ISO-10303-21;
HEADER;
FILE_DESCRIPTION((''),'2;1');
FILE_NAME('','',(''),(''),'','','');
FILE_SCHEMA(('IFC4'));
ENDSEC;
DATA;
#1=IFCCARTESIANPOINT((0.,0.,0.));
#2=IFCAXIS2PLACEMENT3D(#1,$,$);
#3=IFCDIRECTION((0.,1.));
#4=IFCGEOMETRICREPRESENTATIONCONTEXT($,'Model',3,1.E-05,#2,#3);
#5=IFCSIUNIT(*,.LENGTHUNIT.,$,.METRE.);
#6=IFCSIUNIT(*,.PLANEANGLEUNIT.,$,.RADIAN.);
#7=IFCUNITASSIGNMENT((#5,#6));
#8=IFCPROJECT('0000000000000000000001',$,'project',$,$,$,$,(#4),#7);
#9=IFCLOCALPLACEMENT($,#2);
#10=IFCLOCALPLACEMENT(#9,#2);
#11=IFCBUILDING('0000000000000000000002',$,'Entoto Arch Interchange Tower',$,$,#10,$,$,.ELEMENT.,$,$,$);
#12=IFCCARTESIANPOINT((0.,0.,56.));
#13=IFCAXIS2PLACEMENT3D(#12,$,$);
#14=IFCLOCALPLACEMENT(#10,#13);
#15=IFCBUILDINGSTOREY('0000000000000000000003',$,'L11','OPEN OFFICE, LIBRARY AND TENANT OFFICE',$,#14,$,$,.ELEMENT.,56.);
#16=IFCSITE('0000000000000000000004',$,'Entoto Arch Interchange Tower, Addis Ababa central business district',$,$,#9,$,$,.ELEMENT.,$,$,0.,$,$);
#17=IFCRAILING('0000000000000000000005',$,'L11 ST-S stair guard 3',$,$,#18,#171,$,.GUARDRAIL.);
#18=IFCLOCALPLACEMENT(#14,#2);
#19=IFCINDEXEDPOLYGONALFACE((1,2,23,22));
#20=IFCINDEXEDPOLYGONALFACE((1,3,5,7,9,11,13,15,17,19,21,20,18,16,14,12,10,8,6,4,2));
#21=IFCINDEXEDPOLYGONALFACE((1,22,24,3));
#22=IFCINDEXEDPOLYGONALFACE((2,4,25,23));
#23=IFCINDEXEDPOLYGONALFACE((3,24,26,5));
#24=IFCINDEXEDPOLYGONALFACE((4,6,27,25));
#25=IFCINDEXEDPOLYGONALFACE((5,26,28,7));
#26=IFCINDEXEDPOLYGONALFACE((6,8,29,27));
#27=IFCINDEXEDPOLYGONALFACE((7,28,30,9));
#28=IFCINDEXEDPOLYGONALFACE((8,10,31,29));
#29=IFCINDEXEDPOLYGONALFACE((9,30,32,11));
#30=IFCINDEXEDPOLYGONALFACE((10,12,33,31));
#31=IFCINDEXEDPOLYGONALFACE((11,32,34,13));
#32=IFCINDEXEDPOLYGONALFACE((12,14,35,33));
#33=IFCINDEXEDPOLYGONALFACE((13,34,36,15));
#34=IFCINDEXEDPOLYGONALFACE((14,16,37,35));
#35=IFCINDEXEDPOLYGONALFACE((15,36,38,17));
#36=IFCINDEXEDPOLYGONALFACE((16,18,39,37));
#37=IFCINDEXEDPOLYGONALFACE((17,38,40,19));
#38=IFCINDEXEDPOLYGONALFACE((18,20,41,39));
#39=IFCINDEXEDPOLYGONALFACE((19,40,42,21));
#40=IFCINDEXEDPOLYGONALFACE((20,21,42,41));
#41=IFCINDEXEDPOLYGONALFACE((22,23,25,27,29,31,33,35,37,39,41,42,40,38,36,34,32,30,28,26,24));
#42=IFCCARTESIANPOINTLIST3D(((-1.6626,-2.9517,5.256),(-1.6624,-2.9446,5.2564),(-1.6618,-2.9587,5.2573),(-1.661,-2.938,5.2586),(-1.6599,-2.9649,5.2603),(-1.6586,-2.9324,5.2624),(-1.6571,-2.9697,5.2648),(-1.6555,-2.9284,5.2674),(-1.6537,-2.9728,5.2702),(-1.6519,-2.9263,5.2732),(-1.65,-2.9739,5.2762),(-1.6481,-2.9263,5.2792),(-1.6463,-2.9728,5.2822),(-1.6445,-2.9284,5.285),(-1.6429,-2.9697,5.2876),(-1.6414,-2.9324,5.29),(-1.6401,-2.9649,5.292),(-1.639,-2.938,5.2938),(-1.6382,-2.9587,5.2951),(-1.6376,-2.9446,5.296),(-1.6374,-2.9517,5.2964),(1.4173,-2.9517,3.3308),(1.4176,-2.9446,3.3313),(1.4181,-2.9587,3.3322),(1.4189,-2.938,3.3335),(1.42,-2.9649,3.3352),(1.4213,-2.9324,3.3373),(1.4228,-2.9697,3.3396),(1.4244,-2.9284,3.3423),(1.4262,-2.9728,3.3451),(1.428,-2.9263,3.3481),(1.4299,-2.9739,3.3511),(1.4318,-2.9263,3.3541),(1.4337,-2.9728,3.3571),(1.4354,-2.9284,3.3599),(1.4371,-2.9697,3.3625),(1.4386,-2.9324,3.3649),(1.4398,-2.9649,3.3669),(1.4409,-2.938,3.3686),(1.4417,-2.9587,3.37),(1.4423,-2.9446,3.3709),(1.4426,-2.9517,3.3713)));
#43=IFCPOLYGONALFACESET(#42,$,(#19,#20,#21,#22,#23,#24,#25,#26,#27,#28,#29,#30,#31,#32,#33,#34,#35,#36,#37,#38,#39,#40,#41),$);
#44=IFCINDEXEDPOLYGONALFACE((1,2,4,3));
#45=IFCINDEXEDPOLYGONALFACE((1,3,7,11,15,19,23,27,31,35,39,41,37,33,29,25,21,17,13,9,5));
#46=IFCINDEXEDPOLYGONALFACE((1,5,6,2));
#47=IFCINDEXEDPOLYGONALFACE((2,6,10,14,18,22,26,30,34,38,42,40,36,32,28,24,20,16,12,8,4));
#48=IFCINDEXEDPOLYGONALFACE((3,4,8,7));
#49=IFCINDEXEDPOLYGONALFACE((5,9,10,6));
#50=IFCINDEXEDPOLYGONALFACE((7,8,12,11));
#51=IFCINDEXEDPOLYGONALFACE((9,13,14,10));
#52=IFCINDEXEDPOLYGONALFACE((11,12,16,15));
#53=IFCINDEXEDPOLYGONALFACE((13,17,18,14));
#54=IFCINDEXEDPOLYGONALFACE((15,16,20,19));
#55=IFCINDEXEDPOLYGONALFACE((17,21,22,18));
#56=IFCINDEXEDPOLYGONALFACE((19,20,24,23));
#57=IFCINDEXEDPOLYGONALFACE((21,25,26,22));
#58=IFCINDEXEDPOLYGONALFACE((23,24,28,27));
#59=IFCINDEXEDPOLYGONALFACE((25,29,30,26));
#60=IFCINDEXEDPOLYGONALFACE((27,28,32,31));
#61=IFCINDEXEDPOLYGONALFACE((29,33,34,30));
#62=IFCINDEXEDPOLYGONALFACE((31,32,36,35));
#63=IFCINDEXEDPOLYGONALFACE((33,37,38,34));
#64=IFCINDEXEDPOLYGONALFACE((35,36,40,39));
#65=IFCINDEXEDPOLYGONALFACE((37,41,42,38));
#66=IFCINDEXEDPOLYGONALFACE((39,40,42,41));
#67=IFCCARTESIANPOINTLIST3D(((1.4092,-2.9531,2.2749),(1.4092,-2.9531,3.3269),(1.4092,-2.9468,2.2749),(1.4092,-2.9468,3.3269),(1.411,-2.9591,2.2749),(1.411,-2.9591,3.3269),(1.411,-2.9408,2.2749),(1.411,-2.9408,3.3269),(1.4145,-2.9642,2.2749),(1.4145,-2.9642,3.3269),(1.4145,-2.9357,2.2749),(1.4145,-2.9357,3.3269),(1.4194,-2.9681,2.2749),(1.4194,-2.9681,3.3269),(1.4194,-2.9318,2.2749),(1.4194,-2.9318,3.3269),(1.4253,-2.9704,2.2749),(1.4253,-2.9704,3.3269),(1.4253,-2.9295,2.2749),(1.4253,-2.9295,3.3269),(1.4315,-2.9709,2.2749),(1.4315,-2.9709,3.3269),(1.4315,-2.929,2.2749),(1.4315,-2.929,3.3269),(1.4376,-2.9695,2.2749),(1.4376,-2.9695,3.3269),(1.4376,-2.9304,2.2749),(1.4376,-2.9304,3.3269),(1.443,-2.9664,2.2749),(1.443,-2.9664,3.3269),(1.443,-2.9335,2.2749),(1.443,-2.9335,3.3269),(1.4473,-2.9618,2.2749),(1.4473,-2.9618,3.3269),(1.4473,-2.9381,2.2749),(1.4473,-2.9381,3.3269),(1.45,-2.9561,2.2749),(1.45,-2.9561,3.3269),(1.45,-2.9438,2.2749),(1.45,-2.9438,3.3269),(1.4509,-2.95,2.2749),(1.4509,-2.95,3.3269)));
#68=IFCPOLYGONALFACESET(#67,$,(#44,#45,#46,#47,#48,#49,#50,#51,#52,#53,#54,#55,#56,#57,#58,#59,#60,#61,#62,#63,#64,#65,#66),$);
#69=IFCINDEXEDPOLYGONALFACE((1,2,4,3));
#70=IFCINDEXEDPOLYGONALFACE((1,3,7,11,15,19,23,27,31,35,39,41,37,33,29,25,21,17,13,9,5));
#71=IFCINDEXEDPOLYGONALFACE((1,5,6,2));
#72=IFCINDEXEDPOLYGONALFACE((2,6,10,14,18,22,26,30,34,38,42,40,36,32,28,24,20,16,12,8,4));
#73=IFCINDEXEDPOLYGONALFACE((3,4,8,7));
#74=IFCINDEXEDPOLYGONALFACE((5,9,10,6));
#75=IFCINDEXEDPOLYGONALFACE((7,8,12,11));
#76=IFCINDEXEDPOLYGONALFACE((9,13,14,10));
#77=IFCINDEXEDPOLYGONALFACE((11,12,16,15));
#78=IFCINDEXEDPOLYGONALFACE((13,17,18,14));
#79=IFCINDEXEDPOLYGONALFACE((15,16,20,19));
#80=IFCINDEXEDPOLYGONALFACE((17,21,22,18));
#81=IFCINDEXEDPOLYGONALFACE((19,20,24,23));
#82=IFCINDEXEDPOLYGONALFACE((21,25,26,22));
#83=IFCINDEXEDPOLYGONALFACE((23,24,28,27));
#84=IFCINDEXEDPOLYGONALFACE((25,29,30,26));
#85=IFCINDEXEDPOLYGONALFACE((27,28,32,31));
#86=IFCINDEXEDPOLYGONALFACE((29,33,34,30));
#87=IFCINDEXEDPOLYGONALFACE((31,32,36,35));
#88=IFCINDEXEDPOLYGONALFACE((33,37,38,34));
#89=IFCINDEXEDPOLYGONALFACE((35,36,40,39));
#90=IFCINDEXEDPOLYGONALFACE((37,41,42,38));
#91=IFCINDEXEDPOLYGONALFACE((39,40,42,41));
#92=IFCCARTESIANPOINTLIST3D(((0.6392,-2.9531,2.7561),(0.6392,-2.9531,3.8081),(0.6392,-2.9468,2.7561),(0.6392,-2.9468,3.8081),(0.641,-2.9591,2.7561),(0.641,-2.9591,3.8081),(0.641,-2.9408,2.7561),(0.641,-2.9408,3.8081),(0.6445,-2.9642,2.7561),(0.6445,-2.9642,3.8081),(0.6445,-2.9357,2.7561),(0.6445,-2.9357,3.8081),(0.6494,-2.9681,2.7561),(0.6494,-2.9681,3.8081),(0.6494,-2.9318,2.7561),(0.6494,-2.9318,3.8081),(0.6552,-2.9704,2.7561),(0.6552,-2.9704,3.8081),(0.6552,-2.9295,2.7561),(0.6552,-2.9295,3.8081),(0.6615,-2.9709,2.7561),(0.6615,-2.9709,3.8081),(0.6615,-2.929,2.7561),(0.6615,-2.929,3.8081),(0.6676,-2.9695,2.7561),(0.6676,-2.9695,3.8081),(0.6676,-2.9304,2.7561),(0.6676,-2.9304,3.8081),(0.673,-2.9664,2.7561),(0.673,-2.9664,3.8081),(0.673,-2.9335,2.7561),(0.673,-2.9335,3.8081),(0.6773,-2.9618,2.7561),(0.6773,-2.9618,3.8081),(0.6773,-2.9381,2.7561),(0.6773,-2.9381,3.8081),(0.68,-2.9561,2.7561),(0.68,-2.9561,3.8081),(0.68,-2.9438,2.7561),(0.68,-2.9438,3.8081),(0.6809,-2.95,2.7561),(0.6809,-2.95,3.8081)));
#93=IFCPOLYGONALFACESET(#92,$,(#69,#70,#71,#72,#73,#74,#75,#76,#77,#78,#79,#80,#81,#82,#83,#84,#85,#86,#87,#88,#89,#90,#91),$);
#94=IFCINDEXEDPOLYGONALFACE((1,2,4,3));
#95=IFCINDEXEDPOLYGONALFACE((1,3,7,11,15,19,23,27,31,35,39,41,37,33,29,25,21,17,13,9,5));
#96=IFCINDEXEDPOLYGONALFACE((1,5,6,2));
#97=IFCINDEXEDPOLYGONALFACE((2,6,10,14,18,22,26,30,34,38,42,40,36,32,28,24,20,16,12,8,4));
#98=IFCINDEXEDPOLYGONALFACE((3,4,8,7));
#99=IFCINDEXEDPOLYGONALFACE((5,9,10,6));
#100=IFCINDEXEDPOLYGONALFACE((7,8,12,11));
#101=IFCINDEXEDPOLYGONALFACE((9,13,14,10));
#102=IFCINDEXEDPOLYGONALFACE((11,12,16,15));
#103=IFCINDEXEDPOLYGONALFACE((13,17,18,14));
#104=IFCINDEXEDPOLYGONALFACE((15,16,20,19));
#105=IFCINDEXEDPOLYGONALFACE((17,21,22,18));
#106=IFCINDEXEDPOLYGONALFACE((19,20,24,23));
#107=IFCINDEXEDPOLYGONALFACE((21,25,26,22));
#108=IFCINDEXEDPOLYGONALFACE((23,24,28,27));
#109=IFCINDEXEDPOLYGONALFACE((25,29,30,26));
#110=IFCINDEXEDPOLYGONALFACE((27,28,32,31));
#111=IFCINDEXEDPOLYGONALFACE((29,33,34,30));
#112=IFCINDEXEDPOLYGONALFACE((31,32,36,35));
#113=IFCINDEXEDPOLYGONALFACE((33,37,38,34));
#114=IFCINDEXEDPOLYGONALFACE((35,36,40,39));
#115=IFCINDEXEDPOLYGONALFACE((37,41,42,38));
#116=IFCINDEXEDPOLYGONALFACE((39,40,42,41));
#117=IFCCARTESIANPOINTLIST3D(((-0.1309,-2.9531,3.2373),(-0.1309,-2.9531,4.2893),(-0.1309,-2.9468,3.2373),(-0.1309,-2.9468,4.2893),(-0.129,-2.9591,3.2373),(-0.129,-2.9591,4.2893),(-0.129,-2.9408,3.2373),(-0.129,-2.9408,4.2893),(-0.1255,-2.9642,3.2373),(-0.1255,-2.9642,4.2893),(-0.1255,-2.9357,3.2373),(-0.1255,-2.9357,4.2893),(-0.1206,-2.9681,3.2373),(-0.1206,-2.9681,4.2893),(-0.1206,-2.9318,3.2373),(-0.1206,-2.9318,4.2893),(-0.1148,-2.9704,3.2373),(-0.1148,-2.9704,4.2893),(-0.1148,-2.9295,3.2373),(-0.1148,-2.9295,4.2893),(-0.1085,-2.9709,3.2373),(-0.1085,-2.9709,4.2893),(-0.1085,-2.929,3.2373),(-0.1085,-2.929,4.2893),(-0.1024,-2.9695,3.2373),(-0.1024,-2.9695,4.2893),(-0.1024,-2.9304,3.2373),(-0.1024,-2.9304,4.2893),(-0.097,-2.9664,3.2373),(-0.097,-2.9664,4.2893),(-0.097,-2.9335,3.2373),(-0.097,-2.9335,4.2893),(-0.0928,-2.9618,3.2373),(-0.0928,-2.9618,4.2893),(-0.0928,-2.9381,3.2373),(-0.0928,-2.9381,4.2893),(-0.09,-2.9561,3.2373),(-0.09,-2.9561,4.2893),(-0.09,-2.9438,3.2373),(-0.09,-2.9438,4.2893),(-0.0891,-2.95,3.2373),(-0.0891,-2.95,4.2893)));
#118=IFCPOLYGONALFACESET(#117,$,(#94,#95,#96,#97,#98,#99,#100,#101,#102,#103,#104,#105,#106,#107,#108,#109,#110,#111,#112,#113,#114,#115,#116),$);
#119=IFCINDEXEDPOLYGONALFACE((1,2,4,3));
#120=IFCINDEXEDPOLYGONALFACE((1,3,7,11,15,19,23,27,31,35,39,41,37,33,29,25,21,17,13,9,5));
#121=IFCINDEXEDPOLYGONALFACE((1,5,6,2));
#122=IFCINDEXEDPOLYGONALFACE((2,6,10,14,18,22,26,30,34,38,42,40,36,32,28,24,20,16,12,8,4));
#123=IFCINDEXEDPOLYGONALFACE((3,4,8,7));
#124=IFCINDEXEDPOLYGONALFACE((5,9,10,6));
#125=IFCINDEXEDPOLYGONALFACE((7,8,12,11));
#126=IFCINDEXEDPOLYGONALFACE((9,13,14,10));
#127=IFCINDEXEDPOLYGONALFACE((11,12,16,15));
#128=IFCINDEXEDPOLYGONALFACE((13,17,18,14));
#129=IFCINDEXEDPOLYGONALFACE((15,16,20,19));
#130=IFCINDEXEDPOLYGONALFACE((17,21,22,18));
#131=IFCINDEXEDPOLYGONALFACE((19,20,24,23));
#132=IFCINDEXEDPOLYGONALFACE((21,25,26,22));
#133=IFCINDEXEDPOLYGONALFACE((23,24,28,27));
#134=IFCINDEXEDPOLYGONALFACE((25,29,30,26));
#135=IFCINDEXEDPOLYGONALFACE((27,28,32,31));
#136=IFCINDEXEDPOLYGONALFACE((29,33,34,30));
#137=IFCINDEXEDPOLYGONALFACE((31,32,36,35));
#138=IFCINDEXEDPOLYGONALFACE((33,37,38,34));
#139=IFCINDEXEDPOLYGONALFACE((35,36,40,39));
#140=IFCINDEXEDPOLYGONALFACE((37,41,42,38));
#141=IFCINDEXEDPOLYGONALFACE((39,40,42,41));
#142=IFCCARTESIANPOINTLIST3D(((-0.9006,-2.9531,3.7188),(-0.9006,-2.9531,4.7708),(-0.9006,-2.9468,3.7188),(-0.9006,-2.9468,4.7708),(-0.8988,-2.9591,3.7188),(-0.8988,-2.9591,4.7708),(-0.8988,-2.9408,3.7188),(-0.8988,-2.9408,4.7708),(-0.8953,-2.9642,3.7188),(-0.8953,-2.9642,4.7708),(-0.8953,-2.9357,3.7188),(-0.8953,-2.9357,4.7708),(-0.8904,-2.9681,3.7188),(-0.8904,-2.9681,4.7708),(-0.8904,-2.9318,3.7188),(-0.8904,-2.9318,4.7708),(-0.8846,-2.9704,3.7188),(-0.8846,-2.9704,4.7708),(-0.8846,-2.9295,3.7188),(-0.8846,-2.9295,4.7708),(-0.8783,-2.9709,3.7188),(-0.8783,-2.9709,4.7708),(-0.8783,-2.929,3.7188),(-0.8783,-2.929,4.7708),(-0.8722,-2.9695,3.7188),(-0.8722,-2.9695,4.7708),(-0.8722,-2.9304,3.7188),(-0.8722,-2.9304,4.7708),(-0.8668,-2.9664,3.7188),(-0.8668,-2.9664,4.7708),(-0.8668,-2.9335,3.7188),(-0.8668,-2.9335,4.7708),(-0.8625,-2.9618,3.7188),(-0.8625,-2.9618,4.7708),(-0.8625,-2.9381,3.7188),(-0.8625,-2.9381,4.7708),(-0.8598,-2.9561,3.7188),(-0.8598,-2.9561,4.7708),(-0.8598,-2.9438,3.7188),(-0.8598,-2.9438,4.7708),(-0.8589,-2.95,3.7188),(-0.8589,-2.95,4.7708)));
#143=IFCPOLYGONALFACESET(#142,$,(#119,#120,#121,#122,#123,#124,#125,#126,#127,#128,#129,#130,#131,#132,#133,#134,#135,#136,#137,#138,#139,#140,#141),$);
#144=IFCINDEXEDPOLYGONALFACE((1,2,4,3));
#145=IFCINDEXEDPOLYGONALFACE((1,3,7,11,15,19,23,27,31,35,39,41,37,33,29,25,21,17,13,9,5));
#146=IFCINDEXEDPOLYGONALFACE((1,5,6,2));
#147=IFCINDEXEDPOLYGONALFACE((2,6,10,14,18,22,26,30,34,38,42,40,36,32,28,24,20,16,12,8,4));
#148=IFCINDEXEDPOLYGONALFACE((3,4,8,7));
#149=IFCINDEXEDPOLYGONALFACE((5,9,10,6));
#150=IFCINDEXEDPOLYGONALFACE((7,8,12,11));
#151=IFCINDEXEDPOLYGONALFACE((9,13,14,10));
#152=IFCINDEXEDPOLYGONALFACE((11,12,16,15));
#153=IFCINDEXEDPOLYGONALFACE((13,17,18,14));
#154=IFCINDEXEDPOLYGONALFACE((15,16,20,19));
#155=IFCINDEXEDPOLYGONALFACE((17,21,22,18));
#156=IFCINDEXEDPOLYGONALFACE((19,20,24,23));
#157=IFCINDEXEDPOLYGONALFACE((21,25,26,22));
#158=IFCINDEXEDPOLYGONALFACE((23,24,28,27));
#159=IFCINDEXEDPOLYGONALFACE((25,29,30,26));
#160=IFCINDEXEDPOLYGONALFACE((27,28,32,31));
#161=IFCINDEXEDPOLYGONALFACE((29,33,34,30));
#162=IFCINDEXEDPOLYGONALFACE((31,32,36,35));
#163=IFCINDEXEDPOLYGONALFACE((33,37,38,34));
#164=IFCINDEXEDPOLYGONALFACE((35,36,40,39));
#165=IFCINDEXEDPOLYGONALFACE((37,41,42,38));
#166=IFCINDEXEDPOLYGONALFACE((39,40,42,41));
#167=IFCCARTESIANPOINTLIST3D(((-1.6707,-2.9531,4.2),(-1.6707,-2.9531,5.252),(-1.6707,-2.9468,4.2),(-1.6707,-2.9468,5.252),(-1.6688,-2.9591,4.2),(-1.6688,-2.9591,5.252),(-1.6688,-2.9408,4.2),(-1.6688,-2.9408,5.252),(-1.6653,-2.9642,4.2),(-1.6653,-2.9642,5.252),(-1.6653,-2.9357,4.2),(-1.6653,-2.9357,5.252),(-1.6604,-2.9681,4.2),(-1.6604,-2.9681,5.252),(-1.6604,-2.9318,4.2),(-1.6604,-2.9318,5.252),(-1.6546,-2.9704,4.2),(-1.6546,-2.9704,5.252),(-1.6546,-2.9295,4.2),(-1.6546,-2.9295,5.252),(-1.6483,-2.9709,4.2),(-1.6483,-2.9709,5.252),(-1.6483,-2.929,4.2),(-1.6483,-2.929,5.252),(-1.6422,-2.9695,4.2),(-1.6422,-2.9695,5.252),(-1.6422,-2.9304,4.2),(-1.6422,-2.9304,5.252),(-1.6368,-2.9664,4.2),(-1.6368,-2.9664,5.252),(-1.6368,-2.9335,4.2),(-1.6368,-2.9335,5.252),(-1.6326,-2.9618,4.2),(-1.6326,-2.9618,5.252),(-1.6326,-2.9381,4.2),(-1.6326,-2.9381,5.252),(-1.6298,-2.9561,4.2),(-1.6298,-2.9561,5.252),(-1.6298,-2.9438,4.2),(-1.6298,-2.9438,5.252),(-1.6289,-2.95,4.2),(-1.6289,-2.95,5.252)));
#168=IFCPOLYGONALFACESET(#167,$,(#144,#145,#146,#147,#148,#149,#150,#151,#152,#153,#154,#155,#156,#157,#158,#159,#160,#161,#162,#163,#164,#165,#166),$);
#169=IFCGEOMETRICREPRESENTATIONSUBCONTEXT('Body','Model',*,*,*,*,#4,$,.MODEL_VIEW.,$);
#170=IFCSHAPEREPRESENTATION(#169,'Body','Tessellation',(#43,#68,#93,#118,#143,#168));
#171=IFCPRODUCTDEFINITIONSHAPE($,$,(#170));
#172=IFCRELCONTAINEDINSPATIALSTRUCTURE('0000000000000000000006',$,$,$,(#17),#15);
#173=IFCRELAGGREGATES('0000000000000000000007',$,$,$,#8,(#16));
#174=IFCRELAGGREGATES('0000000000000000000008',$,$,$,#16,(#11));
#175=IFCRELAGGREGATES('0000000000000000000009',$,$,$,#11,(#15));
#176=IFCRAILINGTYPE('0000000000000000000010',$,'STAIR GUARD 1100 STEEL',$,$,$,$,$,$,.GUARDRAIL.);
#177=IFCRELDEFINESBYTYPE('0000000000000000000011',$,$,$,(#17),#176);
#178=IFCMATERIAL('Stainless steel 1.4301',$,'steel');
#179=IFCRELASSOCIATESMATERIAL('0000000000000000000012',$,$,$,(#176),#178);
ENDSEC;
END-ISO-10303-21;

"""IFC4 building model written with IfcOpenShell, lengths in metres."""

from ifc_helpers import new_model, si_unit, direction, frame, origin, origin_2d, place, context, subcontext, project, spatial, circle, extrude, material, type_object, element, save


model = new_model("IFC4")

# Units and contexts
model_context = context("Model", 3, precision=1e-05, world=origin(), true_north=direction((0.0, 1.0)))
body_context = subcontext(model_context, "Body", "Model", "MODEL_VIEW")
ifc_project = project(units=[si_unit("LENGTHUNIT", "METRE"), si_unit("PLANEANGLEUNIT", "RADIAN")], contexts=[model_context])

# Site, building, storey
site_placement = place(None, origin())
site = spatial("IfcSite", under=ifc_project, at=site_placement, Name="Entoto Arch Interchange Tower, Addis Ababa central business district", CompositionType="ELEMENT", RefElevation=0.0)
building_placement = place(site_placement, origin())
building = spatial("IfcBuilding", under=site, at=building_placement, Name="Entoto Arch Interchange Tower", CompositionType="ELEMENT")
storey_placement = place(building_placement, frame((0.0, 0.0, 56.0)))
storey = spatial("IfcBuildingStorey", under=building, at=storey_placement, Name="L11", Description="OPEN OFFICE, LIBRARY AND TENANT OFFICE", CompositionType="ELEMENT", Elevation=56.0)

# Railing
ifc_material_1 = material(Name="Stainless steel 1.4301", Category="steel")
railing_type_1 = type_object("IfcRailingType", Name="STAIR GUARD 1100 STEEL", PredefinedType="GUARDRAIL", material=ifc_material_1)
railing_1_placement = place(storey_placement, frame((1.4299, -2.95, 2.2749)))
element("IfcRailing", 1, at=railing_1_placement, inside=storey, type_object=railing_type_1, Name="L11 ST-S stair guard 3", PredefinedType="GUARDRAIL", context=body_context, shape_type="SweptSolid", body=[
    extrude(circle(Radius=0.0239, at=origin_2d()), frame((0.0, 0.0, 1.0762), z_axis=(-0.847979, 0.0, 0.530029), x_axis=(0.0, -1.0, 0.0)), (0.0, 0.0, 1.0), 3.6321),
    extrude(circle(Radius=0.021, at=origin_2d()), origin(), (0.0, 0.0, 1.0), 1.052),
    extrude(circle(Radius=0.021, at=origin_2d()), frame((-0.77, 0.0, 0.4812)), (0.0, 0.0, 1.0), 1.052),
    extrude(circle(Radius=0.021, at=origin_2d()), frame((-1.54, 0.0, 0.9624)), (0.0, 0.0, 1.0), 1.052),
    extrude(circle(Radius=0.021, at=origin_2d()), frame((-2.3098, 0.0, 1.4438)), (0.0, 0.0, 1.0), 1.052),
    extrude(circle(Radius=0.021, at=origin_2d()), frame((-3.0798, 0.0, 1.925)), (0.0, 0.0, 1.0), 1.052),
])

save(model, "model.ifc")
